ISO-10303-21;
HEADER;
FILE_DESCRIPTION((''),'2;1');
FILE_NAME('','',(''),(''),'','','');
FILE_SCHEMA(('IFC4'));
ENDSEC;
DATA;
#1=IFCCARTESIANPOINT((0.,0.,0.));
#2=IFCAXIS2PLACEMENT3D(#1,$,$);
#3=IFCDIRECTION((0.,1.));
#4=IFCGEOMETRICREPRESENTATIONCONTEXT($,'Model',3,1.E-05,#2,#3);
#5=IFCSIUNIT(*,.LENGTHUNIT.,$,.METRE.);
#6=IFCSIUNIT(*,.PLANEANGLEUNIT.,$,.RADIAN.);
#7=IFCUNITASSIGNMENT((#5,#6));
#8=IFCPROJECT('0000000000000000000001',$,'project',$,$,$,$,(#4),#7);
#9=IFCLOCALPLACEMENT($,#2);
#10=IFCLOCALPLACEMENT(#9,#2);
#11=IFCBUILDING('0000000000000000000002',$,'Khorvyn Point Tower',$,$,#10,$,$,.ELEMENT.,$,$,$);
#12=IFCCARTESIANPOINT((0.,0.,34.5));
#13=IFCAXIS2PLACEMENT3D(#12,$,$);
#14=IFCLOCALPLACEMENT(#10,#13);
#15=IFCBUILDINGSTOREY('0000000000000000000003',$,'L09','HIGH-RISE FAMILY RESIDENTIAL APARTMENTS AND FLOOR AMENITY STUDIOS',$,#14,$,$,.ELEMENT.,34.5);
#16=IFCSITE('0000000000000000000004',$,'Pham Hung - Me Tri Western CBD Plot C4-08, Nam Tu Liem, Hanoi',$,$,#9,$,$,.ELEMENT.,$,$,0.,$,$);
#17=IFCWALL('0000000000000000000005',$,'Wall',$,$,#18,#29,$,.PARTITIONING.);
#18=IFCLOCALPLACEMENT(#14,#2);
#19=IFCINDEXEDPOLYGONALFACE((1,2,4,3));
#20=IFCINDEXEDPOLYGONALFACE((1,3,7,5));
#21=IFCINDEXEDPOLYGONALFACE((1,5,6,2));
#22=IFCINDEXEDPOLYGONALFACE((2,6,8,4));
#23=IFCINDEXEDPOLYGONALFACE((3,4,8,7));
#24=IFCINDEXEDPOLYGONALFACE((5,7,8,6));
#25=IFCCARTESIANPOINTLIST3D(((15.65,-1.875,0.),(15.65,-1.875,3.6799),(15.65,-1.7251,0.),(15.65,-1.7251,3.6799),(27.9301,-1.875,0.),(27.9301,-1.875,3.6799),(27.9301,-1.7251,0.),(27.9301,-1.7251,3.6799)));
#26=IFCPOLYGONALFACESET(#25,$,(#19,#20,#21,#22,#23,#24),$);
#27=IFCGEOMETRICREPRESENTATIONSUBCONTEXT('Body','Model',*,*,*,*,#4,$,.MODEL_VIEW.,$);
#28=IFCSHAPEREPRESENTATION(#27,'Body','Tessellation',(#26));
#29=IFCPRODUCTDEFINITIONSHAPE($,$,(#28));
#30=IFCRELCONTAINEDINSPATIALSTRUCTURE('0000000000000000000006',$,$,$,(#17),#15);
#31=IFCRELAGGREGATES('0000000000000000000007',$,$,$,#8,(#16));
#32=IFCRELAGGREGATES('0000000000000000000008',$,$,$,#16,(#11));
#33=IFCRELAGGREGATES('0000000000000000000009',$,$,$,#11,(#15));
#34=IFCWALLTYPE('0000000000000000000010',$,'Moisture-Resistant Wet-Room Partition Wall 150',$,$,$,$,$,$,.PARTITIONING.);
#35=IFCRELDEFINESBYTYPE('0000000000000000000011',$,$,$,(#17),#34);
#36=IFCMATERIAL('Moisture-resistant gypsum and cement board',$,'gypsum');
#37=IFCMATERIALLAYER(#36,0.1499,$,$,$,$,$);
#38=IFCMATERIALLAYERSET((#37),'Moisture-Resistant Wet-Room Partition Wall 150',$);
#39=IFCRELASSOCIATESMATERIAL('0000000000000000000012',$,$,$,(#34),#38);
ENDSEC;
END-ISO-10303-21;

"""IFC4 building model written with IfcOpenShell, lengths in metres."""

from ifc_helpers import new_model, si_unit, direction, frame, frame_2d, origin, place, context, subcontext, project, spatial, rectangle, extrude, material, layer, layer_set, type_object, element, save


model = new_model("IFC4")

# Units and contexts
model_context = context("Model", 3, precision=1e-05, world=origin(), true_north=direction((0.0, 1.0)))
body_context = subcontext(model_context, "Body", "Model", "MODEL_VIEW")
ifc_project = project(units=[si_unit("LENGTHUNIT", "METRE"), si_unit("PLANEANGLEUNIT", "RADIAN")], contexts=[model_context])

# Site, building, storey
site_placement = place(None, origin())
site = spatial("IfcSite", under=ifc_project, at=site_placement, Name="Pham Hung - Me Tri Western CBD Plot C4-08, Nam Tu Liem, Hanoi", CompositionType="ELEMENT", RefElevation=0.0)
building_placement = place(site_placement, origin())
building = spatial("IfcBuilding", under=site, at=building_placement, Name="Khorvyn Point Tower", CompositionType="ELEMENT")
storey_placement = place(building_placement, frame((0.0, 0.0, 34.5)))
storey = spatial("IfcBuildingStorey", under=building, at=storey_placement, Name="L09", Description="HIGH-RISE FAMILY RESIDENTIAL APARTMENTS AND FLOOR AMENITY STUDIOS", CompositionType="ELEMENT", Elevation=34.5)

# Shared definitions
ifc_material_1 = material(Name="Moisture-resistant gypsum and cement board", Category="gypsum")
ifc_layer_1 = layer(ifc_material_1, 0.1499)
ifc_layer_set_1 = layer_set([ifc_layer_1], Name="Moisture-Resistant Wet-Room Partition Wall 150")
wall_type_1 = type_object("IfcWallType", Name="Moisture-Resistant Wet-Room Partition Wall 150", PredefinedType="PARTITIONING", material=ifc_layer_set_1)

# Wall
wall_1_placement = place(storey_placement, frame((15.6499, -1.8, 0.0), z_axis=(0.0, 0.0, 1.0), x_axis=(1.0, 0.0, 0.0)))
element("IfcWall", 1, at=wall_1_placement, inside=storey, type_object=wall_type_1, Name="Wall", PredefinedType="PARTITIONING", context=body_context, shape_type="SweptSolid", body=[
    extrude(rectangle(XDim=12.28, YDim=0.1499, at=frame_2d((6.1401, 0.0))), origin(), (0.0, 0.0, 1.0), 3.6799),
])

save(model, "model.ifc")
